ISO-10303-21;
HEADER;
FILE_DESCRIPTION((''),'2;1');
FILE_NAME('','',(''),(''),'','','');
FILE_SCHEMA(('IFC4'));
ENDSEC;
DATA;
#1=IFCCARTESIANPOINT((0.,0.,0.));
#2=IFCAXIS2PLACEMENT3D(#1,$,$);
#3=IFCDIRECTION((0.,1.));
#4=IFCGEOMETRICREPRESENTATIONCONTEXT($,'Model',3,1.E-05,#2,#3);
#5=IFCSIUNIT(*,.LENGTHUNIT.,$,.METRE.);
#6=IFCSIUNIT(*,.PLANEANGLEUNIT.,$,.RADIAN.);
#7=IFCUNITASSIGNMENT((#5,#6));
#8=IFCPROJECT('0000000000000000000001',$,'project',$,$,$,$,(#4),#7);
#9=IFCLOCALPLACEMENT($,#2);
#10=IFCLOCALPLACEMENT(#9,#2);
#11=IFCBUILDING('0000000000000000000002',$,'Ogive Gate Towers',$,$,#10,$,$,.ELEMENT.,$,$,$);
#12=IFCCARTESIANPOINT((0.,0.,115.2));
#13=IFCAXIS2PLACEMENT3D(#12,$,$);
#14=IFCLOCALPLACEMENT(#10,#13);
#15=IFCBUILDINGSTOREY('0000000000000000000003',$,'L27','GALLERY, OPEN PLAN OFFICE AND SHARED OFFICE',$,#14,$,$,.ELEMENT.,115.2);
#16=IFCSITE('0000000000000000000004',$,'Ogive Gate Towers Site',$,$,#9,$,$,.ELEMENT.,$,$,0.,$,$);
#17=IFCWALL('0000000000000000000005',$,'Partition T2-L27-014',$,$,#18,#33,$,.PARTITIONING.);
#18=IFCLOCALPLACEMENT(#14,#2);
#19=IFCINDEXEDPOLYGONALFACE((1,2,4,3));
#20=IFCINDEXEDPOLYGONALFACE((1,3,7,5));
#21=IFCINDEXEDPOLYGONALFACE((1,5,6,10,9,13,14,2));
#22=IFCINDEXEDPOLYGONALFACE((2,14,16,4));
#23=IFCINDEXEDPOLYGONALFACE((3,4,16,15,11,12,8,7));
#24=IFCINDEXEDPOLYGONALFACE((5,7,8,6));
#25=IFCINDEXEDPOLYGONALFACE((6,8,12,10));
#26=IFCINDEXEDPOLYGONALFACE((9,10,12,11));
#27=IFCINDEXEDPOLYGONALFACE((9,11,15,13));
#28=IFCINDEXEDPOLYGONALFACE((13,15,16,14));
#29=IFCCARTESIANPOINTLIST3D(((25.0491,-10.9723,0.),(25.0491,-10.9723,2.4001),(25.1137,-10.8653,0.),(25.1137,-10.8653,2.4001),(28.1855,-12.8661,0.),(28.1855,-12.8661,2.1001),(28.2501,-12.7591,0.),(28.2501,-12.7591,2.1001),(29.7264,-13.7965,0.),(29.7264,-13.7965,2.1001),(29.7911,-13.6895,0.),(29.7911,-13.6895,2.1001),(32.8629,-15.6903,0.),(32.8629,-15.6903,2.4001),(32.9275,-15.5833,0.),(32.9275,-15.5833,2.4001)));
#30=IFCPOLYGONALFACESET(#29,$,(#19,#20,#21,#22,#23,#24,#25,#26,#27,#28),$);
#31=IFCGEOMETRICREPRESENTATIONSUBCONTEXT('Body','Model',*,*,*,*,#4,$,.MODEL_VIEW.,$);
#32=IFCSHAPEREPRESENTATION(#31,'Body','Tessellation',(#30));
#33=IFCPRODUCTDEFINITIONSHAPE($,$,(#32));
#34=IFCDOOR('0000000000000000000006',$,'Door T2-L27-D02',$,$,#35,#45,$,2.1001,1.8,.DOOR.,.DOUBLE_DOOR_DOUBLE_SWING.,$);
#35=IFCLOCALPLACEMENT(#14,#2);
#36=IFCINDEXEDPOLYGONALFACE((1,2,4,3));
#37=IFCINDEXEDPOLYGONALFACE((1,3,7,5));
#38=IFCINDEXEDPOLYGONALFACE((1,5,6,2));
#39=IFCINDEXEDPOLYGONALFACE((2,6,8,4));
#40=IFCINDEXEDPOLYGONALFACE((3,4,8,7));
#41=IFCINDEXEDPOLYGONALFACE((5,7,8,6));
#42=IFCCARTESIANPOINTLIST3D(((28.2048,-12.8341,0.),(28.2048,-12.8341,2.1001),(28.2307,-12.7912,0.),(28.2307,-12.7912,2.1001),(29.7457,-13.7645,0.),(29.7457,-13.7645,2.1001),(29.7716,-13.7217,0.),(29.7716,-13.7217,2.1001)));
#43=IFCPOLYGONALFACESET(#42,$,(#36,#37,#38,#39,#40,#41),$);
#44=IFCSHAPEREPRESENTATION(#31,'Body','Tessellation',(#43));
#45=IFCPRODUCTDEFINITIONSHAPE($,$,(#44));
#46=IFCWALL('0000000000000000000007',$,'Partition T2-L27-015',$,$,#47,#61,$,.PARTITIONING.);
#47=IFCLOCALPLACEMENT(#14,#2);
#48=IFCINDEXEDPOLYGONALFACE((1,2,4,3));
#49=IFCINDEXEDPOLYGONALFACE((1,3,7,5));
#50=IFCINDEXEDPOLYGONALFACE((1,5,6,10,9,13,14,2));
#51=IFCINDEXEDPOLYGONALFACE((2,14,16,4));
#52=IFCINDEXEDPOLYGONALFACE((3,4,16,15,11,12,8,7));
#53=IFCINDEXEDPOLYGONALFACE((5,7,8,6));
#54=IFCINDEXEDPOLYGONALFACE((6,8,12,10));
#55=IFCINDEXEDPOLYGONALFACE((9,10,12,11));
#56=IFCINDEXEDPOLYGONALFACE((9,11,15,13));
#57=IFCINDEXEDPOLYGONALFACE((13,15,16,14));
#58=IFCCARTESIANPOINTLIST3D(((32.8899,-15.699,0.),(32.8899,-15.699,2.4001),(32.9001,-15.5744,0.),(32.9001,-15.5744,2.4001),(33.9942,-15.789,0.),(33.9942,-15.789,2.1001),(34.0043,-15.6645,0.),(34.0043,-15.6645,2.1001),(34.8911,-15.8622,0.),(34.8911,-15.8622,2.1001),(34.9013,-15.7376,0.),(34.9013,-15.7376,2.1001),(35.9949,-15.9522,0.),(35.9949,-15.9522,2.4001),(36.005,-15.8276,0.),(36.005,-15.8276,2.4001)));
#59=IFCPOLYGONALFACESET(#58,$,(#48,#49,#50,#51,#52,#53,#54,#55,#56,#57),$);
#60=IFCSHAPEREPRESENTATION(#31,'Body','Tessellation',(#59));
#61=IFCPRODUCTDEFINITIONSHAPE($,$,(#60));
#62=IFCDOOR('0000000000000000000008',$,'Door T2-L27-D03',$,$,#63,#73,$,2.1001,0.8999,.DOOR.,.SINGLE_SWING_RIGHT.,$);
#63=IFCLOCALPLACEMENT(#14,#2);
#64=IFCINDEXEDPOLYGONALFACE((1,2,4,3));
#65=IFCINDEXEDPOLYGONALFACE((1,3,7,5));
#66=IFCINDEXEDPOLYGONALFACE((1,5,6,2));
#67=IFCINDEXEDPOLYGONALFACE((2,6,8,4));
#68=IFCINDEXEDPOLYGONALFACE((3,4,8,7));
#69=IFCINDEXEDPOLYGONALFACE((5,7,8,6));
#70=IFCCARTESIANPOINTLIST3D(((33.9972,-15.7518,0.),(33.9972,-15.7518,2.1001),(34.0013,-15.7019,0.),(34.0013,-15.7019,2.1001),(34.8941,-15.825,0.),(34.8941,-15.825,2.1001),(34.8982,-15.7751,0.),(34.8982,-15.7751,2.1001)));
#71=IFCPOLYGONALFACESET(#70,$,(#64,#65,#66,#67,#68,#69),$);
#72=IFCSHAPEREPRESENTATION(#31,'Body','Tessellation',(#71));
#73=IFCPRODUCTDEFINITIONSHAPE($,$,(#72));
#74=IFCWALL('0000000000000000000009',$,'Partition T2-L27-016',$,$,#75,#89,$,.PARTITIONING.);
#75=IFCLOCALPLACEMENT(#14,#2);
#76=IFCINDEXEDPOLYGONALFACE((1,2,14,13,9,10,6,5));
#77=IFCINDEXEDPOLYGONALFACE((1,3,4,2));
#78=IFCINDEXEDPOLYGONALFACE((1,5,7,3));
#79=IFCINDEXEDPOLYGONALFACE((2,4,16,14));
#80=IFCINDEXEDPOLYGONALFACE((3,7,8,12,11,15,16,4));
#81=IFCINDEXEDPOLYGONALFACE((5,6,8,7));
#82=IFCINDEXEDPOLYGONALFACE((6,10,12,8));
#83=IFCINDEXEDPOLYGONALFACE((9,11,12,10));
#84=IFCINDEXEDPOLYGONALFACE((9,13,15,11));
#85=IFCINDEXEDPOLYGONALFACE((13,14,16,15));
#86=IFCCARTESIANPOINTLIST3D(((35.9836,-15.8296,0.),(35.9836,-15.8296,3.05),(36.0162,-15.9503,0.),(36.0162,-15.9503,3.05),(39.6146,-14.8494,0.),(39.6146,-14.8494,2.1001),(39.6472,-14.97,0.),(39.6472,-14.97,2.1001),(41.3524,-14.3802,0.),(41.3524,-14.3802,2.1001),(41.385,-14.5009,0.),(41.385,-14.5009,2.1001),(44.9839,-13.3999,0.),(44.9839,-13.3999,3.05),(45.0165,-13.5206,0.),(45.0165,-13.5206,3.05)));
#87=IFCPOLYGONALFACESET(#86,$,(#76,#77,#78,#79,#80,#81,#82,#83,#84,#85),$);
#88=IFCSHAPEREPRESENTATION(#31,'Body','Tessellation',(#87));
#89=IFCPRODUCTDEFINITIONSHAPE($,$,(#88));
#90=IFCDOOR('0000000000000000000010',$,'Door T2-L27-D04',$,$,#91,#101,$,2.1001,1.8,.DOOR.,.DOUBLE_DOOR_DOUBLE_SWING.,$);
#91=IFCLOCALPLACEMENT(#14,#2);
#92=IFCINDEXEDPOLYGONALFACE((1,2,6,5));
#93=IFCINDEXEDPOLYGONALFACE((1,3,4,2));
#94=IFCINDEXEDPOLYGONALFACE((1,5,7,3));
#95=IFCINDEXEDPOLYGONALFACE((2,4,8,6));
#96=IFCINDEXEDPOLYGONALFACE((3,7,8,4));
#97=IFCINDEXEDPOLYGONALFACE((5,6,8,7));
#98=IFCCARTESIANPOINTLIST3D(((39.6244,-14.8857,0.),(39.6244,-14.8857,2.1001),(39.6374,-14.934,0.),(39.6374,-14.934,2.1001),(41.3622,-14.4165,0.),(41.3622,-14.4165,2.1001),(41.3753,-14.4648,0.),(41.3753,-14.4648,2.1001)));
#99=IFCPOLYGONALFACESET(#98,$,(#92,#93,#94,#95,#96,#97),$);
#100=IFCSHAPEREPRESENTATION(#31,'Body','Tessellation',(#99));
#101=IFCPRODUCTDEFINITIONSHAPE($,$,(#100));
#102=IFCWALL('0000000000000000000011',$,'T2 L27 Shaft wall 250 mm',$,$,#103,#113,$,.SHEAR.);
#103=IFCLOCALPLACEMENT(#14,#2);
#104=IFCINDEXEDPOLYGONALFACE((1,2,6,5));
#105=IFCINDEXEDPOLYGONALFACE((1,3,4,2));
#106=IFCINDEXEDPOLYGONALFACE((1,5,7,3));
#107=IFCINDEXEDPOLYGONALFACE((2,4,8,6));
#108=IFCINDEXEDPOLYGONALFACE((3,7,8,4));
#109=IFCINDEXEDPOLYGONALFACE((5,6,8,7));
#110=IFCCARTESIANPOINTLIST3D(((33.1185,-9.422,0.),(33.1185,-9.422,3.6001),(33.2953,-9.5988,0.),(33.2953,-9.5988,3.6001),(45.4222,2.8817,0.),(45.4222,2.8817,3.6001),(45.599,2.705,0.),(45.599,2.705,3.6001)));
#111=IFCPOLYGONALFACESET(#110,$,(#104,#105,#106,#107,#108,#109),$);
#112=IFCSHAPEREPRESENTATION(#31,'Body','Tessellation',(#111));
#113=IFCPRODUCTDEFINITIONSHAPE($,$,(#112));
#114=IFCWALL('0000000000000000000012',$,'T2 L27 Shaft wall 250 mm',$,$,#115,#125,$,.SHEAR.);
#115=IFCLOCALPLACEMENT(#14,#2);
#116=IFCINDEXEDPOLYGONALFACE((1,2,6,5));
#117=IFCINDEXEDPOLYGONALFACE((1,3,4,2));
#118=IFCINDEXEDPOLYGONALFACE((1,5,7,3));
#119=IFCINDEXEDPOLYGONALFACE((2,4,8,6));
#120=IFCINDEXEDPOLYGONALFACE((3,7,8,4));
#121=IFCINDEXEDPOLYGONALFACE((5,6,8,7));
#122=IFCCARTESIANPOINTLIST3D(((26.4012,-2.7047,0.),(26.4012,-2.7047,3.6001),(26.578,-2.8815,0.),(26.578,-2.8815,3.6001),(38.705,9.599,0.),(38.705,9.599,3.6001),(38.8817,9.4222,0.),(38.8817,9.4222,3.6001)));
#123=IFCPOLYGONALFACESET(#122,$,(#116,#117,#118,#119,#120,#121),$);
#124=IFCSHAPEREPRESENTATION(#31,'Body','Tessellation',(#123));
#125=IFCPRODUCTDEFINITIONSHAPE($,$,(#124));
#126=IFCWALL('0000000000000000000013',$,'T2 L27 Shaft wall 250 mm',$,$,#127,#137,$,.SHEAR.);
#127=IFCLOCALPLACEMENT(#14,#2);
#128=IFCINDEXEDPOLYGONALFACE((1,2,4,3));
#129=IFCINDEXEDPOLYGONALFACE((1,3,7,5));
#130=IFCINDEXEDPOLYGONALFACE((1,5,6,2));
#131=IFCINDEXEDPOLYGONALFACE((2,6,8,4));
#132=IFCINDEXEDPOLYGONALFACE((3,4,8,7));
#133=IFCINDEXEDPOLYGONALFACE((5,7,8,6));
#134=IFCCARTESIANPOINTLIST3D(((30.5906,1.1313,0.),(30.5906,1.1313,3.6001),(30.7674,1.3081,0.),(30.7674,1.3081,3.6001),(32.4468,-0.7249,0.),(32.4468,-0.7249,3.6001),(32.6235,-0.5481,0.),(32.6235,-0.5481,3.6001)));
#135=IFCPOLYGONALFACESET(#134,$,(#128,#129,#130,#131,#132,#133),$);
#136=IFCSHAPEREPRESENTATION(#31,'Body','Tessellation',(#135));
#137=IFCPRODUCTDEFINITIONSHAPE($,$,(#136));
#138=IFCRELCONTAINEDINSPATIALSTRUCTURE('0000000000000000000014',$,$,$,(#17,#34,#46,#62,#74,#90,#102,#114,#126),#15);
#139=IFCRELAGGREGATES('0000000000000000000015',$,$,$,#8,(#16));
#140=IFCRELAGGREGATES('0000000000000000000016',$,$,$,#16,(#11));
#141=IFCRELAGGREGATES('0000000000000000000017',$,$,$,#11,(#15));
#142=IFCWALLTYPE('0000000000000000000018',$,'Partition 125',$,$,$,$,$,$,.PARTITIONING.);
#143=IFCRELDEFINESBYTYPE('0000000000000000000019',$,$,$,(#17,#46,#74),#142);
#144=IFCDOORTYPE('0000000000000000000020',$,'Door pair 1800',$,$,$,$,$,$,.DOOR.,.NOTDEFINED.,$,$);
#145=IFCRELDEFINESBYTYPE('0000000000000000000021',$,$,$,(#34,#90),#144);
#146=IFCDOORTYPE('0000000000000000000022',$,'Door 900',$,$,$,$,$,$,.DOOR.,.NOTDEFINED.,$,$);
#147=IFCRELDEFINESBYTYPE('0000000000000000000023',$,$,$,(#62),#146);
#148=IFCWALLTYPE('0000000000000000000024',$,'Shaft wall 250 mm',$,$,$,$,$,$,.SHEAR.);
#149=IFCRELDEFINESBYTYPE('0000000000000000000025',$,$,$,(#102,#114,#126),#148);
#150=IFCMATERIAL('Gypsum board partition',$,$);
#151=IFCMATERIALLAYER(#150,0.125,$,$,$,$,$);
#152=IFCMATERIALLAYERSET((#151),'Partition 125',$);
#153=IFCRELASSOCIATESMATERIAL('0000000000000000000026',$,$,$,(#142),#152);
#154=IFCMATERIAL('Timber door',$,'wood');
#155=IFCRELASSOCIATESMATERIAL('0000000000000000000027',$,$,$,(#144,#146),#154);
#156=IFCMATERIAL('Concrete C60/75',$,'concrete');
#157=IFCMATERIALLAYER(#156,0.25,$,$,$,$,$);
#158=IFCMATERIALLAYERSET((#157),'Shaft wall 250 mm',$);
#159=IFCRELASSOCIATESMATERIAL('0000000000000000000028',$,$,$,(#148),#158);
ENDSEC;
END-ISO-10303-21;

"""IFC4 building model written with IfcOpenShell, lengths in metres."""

from ifc_helpers import new_model, si_unit, direction, frame, frame_2d, origin, place, context, subcontext, project, spatial, rectangle, extrude, material, layer, layer_set, type_object, element, fill, save


model = new_model("IFC4")

# Units and contexts
model_context = context("Model", 3, precision=1e-05, world=origin(), true_north=direction((0.0, 1.0)))
body_context = subcontext(model_context, "Body", "Model", "MODEL_VIEW")
ifc_project = project(units=[si_unit("LENGTHUNIT", "METRE"), si_unit("PLANEANGLEUNIT", "RADIAN")], contexts=[model_context])

# Site, building, storey
site_placement = place(None, origin())
site = spatial("IfcSite", under=ifc_project, at=site_placement, Name="Ogive Gate Towers Site", CompositionType="ELEMENT", RefElevation=0.0)
building_placement = place(site_placement, origin())
building = spatial("IfcBuilding", under=site, at=building_placement, Name="Ogive Gate Towers", CompositionType="ELEMENT")
storey_placement = place(building_placement, frame((0.0, 0.0, 115.2)))
storey = spatial("IfcBuildingStorey", under=building, at=storey_placement, Name="L27", Description="GALLERY, OPEN PLAN OFFICE AND SHARED OFFICE", CompositionType="ELEMENT", Elevation=115.2)

# Walls, openings, doors
ifc_material_1 = material(Name="Gypsum board partition")
ifc_layer_1 = layer(ifc_material_1, 0.125)
ifc_layer_set_1 = layer_set([ifc_layer_1], Name="Partition 125")
wall_type_1 = type_object("IfcWallType", Name="Partition 125", PredefinedType="PARTITIONING", material=ifc_layer_set_1)
wall_1_placement = place(storey_placement, frame((25.0813, -10.9187, 0.0), z_axis=(0.0, 0.0, 1.0), x_axis=(0.85605, -0.516893, 0.0)))
wall_1 = element("IfcWall", 1, at=wall_1_placement, inside=storey, type_object=wall_type_1, Name="Partition T2-L27-014", PredefinedType="PARTITIONING", context=body_context, shape_type="SweptSolid", body=[
    extrude(rectangle(XDim=9.1277, YDim=0.125, at=frame_2d((4.564, 0.0))), origin(), (0.0, 0.0, 1.0), 2.4001),
])
opening_1_placement = place(wall_1_placement, frame((3.6641, 0.0, 0.0)))
opening_1 = element("IfcOpeningElement", 2, at=opening_1_placement, cuts=wall_1, PredefinedType="OPENING", context=body_context, shape_type="SweptSolid", body=[
    extrude(rectangle(XDim=1.8, YDim=2.1001, at=frame_2d((0.8999, 1.05))), frame((0.0, 0.0725, 0.0), z_axis=(0.0, -1.0, 0.0), x_axis=(1.0, 0.0, 0.0)), (0.0, 0.0, 1.0), 0.145),
])
ifc_material_2 = material(Name="Timber door", Category="wood")
door_type_1 = type_object("IfcDoorType", Name="Door pair 1800", OperationType="NOTDEFINED", PredefinedType="DOOR", material=ifc_material_2)
door_1_placement = place(opening_1_placement, origin())
door_1 = element("IfcDoor", 3, at=door_1_placement, inside=storey, type_object=door_type_1, Name="Door T2-L27-D02", OperationType="DOUBLE_DOOR_DOUBLE_SWING", OverallHeight=2.1001, OverallWidth=1.8, PredefinedType="DOOR", context=body_context, shape_type="SweptSolid", body=[
    extrude(rectangle(XDim=1.8, YDim=2.1001, at=frame_2d((0.8999, 1.05))), frame((0.0, 0.0249, 0.0), z_axis=(0.0, -1.0, 0.0), x_axis=(1.0, 0.0, 0.0)), (0.0, 0.0, 1.0), 0.05),
])
fill(opening_1, door_1)
wall_2_placement = place(storey_placement, frame((32.895, -15.6367, 0.0), z_axis=(0.0, 0.0, 1.0), x_axis=(0.996692, -0.081268, 0.0)))
wall_2 = element("IfcWall", 4, at=wall_2_placement, inside=storey, type_object=wall_type_1, Name="Partition T2-L27-015", PredefinedType="PARTITIONING", context=body_context, shape_type="SweptSolid", body=[
    extrude(rectangle(XDim=3.1152, YDim=0.125, at=frame_2d((1.5576, 0.0))), origin(), (0.0, 0.0, 1.0), 2.4001),
])
opening_2_placement = place(wall_2_placement, frame((1.1079, 0.0, 0.0)))
opening_2 = element("IfcOpeningElement", 5, at=opening_2_placement, cuts=wall_2, PredefinedType="OPENING", context=body_context, shape_type="SweptSolid", body=[
    extrude(rectangle(XDim=0.8999, YDim=2.1001, at=frame_2d((0.45, 1.05))), frame((0.0, 0.0725, 0.0), z_axis=(0.0, -1.0, 0.0), x_axis=(1.0, 0.0, 0.0)), (0.0, 0.0, 1.0), 0.145),
])
door_type_2 = type_object("IfcDoorType", Name="Door 900", OperationType="NOTDEFINED", PredefinedType="DOOR", material=ifc_material_2)
door_2_placement = place(opening_2_placement, origin())
door_2 = element("IfcDoor", 6, at=door_2_placement, inside=storey, type_object=door_type_2, Name="Door T2-L27-D03", OperationType="SINGLE_SWING_RIGHT", OverallHeight=2.1001, OverallWidth=0.8999, PredefinedType="DOOR", context=body_context, shape_type="SweptSolid", body=[
    extrude(rectangle(XDim=0.8999, YDim=2.1001, at=frame_2d((0.45, 1.05))), frame((0.0, 0.0249, 0.0), z_axis=(0.0, -1.0, 0.0), x_axis=(1.0, 0.0, 0.0)), (0.0, 0.0, 1.0), 0.05),
])
fill(opening_2, door_2)
wall_3_placement = place(storey_placement, frame((36.0, -15.8899, 0.0), z_axis=(0.0, 0.0, 1.0), x_axis=(0.965439, 0.260628, 0.0)))
wall_3 = element("IfcWall", 7, at=wall_3_placement, inside=storey, type_object=wall_type_1, Name="Partition T2-L27-016", PredefinedType="PARTITIONING", context=body_context, shape_type="SweptSolid", body=[
    extrude(rectangle(XDim=9.3225, YDim=0.125, at=frame_2d((4.6611, 0.0))), origin(), (0.0, 0.0, 1.0), 3.05),
])
opening_3_placement = place(wall_3_placement, frame((3.761, 0.0, 0.0)))
opening_3 = element("IfcOpeningElement", 8, at=opening_3_placement, cuts=wall_3, PredefinedType="OPENING", context=body_context, shape_type="SweptSolid", body=[
    extrude(rectangle(XDim=1.8, YDim=2.1001, at=frame_2d((0.8999, 1.05))), frame((0.0, 0.0725, 0.0), z_axis=(0.0, -1.0, 0.0), x_axis=(1.0, 0.0, 0.0)), (0.0, 0.0, 1.0), 0.145),
])
door_3_placement = place(opening_3_placement, origin())
door_3 = element("IfcDoor", 9, at=door_3_placement, inside=storey, type_object=door_type_1, Name="Door T2-L27-D04", OperationType="DOUBLE_DOOR_DOUBLE_SWING", OverallHeight=2.1001, OverallWidth=1.8, PredefinedType="DOOR", context=body_context, shape_type="SweptSolid", body=[
    extrude(rectangle(XDim=1.8, YDim=2.1001, at=frame_2d((0.8999, 1.05))), frame((0.0, 0.0249, 0.0), z_axis=(0.0, -1.0, 0.0), x_axis=(1.0, 0.0, 0.0)), (0.0, 0.0, 1.0), 0.05),
])
fill(opening_3, door_3)

# Walls
ifc_material_3 = material(Name="Concrete C60/75", Category="concrete")
ifc_layer_2 = layer(ifc_material_3, 0.25)
ifc_layer_set_2 = layer_set([ifc_layer_2], Name="Shaft wall 250 mm")
wall_type_2 = type_object("IfcWallType", Name="Shaft wall 250 mm", PredefinedType="SHEAR", material=ifc_layer_set_2)
for number, where, z_axis, x_axis, name in (
    (10, (33.2068, -9.5105, 0.0), (0.0, 0.0, 1.0), (0.707107, 0.707107, 0.0), "T2 L27 Shaft wall 250 mm"),
    (11, (26.4895, -2.7932, 0.0), (0.0, 0.0, 1.0), (0.707107, 0.707107, 0.0), "T2 L27 Shaft wall 250 mm"),
):
    element("IfcWall", number, at=place(storey_placement, frame(where, z_axis=z_axis, x_axis=x_axis)), inside=storey, type_object=wall_type_2, Name=name, PredefinedType="SHEAR", context=body_context, shape_type="SweptSolid", body=[
        extrude(rectangle(XDim=17.4001, YDim=0.25, at=frame_2d((8.7002, 0.0))), origin(), (0.0, 0.0, 1.0), 3.6001),
    ])
wall_4_placement = place(storey_placement, frame((32.5352, -0.6365, 0.0), z_axis=(0.0, 0.0, 1.0), x_axis=(-0.707107, 0.707107, 0.0)))
element("IfcWall", 12, at=wall_4_placement, inside=storey, type_object=wall_type_2, Name="T2 L27 Shaft wall 250 mm", PredefinedType="SHEAR", context=body_context, shape_type="SweptSolid", body=[
    extrude(rectangle(XDim=2.625, YDim=0.25, at=frame_2d((1.3125, 0.0))), origin(), (0.0, 0.0, 1.0), 3.6001),
])

save(model, "model.ifc")
